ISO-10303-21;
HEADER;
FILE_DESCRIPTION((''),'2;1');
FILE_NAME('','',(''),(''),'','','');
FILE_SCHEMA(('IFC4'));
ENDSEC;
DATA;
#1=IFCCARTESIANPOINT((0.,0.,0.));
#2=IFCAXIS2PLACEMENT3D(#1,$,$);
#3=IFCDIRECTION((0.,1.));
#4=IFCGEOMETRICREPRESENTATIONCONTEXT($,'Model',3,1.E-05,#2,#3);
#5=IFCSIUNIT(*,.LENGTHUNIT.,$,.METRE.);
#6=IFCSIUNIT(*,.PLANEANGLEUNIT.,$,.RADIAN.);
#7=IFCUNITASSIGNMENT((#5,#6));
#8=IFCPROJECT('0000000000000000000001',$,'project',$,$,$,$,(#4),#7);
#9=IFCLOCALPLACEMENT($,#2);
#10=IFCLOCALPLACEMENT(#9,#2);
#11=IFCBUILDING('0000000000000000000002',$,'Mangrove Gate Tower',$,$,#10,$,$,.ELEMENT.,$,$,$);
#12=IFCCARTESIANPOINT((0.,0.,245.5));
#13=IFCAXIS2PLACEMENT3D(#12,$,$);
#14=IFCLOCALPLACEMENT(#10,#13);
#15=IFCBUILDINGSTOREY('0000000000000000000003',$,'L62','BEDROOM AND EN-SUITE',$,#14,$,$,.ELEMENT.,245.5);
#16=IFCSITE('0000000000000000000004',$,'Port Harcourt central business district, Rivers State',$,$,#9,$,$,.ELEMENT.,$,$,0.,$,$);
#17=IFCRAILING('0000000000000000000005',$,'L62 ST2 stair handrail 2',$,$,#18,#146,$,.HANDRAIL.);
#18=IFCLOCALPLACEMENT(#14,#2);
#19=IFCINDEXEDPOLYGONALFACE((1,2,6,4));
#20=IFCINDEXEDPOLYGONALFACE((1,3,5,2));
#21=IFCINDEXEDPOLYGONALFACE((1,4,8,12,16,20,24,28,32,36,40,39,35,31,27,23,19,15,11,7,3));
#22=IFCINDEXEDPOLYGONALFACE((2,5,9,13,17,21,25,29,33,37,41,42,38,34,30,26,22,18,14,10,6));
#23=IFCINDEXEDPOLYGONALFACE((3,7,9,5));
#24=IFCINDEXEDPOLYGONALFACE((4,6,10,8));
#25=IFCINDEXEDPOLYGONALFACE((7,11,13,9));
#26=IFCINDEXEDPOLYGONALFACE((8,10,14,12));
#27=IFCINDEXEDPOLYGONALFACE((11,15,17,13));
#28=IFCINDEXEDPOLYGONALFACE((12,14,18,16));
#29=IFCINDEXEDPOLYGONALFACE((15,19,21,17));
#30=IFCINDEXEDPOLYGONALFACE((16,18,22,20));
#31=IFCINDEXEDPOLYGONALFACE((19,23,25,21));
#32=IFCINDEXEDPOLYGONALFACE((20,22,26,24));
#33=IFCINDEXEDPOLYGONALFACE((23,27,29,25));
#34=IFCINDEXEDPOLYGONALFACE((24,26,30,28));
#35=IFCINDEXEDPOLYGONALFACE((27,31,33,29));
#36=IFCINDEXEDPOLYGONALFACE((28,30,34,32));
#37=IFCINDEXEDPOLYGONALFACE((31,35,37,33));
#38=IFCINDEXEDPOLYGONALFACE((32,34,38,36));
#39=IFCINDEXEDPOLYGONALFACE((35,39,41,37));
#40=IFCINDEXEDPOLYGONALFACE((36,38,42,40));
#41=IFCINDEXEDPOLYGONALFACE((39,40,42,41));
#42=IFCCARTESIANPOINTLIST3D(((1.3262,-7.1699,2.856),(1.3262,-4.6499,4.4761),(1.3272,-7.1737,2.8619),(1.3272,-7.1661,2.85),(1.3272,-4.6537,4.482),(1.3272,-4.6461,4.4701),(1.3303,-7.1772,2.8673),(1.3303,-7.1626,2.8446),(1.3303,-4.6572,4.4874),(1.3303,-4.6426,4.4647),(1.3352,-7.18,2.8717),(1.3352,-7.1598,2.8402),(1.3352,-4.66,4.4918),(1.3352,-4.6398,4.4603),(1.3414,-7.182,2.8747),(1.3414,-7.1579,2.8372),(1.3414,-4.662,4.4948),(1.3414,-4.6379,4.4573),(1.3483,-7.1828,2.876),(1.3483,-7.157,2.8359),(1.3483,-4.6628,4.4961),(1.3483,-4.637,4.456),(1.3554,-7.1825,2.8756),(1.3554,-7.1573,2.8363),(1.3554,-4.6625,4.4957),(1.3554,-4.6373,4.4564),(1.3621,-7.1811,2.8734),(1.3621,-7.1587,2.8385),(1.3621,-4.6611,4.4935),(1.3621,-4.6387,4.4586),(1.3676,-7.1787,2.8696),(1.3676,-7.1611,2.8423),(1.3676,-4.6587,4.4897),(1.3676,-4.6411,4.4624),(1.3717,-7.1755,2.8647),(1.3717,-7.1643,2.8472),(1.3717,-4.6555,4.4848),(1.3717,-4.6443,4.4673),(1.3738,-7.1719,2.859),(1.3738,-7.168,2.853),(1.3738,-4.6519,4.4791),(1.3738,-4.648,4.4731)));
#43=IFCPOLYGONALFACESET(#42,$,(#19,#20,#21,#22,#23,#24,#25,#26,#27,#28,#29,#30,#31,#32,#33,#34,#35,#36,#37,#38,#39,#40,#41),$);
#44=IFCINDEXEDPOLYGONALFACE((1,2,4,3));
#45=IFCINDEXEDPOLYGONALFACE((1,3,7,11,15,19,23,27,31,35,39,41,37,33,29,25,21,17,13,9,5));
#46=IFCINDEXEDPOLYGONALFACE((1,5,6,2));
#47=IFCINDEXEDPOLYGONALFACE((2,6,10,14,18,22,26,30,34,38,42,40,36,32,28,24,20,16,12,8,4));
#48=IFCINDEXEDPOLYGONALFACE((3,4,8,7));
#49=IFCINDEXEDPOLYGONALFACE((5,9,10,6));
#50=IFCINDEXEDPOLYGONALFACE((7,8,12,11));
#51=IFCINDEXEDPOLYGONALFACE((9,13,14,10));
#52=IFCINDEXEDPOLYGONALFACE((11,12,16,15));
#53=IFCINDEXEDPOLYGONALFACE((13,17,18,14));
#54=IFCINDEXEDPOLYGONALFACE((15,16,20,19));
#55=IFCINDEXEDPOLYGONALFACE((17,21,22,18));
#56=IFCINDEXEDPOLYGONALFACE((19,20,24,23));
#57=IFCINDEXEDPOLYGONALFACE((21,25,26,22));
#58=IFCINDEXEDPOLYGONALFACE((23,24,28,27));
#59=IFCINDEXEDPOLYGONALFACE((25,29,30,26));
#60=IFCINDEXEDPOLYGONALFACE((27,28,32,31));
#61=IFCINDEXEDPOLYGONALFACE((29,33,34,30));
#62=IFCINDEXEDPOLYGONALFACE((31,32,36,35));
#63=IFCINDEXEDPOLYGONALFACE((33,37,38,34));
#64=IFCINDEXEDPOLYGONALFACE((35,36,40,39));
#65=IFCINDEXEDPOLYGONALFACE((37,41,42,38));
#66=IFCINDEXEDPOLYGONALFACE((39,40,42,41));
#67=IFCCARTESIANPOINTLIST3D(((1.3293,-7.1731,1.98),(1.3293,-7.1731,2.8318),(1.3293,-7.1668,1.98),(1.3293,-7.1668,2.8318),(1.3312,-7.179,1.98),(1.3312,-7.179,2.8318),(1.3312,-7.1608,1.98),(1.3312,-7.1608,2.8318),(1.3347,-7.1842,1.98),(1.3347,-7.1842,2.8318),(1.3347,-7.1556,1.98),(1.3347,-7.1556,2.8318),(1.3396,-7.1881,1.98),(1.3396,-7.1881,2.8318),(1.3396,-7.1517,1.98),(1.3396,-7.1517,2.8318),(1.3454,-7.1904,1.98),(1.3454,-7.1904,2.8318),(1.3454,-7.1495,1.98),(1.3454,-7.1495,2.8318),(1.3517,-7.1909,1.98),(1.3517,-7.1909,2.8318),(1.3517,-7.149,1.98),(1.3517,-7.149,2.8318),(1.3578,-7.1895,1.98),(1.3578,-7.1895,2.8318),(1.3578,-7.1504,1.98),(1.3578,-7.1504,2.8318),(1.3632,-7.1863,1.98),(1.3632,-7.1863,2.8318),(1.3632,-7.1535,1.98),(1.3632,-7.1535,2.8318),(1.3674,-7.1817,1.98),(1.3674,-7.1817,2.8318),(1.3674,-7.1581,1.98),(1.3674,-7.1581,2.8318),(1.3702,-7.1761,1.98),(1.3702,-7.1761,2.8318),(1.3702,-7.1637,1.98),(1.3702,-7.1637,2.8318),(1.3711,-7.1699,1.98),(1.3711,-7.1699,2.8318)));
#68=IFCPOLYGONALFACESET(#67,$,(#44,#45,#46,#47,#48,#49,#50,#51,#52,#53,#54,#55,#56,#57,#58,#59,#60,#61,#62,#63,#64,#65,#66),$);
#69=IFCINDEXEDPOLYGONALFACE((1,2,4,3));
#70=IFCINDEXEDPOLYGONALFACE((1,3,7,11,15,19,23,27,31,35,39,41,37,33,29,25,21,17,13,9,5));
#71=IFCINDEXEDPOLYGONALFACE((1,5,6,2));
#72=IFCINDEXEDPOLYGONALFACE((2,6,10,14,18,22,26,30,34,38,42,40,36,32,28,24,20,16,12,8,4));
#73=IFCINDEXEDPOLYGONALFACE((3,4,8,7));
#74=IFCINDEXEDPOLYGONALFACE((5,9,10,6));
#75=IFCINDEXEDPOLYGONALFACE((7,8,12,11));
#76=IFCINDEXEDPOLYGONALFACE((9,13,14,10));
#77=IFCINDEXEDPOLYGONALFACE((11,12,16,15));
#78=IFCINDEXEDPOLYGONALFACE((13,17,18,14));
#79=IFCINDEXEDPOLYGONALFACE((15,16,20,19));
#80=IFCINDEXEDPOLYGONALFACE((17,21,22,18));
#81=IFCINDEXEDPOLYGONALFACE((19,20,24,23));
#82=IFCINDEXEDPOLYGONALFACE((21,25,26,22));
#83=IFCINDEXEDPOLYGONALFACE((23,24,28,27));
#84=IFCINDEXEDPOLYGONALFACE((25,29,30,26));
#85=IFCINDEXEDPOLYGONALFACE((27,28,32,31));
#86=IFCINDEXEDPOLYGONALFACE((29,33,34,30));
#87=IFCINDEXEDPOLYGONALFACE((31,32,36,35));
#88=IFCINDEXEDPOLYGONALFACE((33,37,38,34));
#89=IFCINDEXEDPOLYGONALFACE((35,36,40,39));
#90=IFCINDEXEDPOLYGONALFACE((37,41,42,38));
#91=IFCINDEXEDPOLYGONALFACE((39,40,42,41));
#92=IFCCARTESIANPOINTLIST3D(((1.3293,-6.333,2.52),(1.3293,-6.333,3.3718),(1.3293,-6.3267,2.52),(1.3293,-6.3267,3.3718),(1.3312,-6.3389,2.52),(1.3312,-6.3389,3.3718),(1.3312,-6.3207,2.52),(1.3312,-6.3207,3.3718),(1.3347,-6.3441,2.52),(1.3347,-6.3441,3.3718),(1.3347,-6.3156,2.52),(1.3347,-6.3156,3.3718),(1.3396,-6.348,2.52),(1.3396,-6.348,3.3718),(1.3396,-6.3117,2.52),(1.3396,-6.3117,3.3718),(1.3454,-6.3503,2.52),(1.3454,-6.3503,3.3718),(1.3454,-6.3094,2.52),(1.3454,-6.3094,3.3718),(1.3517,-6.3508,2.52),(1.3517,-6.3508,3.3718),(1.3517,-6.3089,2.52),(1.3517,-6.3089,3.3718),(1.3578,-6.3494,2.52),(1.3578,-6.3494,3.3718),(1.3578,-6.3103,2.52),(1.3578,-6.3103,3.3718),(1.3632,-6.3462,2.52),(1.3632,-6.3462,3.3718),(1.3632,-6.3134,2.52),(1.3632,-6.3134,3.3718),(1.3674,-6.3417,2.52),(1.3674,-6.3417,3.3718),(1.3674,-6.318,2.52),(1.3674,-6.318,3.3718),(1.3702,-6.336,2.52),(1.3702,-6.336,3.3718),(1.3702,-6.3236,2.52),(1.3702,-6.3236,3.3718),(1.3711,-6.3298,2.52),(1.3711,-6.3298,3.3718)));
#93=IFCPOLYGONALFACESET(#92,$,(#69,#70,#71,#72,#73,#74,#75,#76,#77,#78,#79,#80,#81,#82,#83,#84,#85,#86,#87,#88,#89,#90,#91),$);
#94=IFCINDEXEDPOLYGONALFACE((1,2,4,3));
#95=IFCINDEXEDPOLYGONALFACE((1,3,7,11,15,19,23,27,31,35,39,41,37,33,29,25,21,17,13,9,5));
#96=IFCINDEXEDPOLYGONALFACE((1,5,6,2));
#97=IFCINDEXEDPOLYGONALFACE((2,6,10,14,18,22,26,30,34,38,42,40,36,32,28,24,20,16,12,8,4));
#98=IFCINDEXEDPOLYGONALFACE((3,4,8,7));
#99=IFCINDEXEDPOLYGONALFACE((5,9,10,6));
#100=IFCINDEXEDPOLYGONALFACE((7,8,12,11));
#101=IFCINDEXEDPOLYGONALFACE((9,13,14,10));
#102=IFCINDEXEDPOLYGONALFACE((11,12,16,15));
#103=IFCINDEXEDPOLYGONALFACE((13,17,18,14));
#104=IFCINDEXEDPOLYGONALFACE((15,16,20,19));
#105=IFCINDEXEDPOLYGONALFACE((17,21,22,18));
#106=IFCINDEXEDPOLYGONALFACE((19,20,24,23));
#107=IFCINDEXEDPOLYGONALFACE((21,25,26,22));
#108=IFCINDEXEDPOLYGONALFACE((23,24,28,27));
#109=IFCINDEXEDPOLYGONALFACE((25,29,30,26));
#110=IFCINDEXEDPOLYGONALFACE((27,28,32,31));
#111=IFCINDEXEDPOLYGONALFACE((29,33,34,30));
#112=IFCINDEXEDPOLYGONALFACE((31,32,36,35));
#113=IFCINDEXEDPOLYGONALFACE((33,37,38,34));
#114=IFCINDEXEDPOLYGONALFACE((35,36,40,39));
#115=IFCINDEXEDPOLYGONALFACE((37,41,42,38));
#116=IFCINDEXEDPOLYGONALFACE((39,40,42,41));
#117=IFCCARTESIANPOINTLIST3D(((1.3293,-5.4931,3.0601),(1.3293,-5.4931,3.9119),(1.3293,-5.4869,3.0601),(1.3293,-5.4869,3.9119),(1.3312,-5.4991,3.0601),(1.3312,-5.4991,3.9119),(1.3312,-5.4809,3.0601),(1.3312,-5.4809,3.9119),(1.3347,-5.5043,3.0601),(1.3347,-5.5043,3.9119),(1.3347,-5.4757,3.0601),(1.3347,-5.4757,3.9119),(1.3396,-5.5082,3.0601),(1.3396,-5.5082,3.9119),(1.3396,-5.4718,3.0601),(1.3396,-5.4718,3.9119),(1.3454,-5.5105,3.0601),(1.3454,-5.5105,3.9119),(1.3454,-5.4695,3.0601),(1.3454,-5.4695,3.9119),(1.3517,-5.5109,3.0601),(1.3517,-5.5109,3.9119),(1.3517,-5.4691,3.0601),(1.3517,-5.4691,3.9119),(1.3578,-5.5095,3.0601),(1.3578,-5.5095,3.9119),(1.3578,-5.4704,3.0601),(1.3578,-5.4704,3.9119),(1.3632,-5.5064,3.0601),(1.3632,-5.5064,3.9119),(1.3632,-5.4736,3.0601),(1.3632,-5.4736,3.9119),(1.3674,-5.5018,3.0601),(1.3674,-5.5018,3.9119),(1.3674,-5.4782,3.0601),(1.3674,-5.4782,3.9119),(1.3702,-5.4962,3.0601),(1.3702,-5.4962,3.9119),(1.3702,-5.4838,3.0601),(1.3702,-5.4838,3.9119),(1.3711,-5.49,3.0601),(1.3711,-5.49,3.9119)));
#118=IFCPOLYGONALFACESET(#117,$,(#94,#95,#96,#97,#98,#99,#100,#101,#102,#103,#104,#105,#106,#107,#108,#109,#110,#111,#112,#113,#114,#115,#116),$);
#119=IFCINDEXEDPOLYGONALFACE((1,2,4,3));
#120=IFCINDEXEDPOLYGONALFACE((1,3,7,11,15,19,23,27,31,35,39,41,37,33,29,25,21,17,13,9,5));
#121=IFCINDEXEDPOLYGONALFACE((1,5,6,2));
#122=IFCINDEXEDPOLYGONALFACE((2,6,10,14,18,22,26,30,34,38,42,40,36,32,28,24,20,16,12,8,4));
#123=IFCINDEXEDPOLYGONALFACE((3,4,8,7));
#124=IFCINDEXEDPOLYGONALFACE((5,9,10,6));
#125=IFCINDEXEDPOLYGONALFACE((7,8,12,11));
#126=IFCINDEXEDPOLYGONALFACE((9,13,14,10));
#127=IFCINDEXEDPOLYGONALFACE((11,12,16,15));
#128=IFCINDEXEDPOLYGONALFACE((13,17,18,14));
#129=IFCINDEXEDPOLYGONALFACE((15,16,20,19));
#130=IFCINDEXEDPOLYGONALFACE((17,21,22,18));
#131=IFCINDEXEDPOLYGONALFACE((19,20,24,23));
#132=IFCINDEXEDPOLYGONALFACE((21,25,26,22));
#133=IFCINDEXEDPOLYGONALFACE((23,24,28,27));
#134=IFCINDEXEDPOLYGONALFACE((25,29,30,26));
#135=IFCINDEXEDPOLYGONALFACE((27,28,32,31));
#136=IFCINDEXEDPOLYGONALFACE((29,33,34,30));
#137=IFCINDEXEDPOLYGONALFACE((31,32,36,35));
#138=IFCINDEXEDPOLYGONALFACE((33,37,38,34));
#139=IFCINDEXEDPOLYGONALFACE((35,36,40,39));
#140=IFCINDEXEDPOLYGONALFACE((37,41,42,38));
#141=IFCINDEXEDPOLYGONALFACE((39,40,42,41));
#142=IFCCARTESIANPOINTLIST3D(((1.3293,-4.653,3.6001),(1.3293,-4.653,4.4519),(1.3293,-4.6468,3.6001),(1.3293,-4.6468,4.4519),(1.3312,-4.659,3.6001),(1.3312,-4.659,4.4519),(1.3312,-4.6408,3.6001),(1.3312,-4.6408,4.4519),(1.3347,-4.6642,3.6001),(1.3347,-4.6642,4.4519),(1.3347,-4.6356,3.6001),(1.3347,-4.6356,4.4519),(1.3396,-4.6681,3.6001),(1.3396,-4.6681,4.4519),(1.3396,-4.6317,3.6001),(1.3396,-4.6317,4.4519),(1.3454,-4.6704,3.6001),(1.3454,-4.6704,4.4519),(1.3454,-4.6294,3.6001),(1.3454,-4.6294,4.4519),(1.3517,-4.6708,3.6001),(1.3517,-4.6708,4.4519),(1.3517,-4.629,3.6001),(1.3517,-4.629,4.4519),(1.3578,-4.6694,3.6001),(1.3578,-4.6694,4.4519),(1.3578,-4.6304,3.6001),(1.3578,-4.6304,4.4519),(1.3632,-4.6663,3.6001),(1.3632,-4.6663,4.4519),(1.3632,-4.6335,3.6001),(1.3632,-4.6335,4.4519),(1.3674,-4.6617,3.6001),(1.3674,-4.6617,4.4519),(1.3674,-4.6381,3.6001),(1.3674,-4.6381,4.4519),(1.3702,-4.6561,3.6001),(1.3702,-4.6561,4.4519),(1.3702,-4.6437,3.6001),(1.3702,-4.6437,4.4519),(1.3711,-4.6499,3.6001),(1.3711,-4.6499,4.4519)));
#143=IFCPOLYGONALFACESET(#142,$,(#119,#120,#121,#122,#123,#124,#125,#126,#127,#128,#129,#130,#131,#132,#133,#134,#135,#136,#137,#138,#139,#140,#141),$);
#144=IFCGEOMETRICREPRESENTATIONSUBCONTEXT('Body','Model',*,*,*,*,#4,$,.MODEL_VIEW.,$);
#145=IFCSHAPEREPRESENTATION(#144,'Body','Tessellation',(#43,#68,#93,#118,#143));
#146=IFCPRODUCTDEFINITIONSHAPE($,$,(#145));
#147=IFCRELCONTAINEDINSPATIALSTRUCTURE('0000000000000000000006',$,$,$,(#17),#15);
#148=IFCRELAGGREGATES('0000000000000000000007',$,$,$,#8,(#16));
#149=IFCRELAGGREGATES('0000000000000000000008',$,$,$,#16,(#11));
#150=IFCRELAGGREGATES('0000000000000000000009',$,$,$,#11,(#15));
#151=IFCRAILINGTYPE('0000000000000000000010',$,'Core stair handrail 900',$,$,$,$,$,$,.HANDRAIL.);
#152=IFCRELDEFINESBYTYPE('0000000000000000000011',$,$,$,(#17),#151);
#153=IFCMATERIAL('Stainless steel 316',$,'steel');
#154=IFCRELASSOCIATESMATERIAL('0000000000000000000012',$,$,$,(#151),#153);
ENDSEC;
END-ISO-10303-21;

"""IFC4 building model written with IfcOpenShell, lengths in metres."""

from ifc_helpers import new_model, si_unit, direction, frame, origin, origin_2d, place, context, subcontext, project, spatial, circle, extrude, material, type_object, element, save


model = new_model("IFC4")

# Units and contexts
model_context = context("Model", 3, precision=1e-05, world=origin(), true_north=direction((0.0, 1.0)))
body_context = subcontext(model_context, "Body", "Model", "MODEL_VIEW")
ifc_project = project(units=[si_unit("LENGTHUNIT", "METRE"), si_unit("PLANEANGLEUNIT", "RADIAN")], contexts=[model_context])

# Site, building, storey
site_placement = place(None, origin())
site = spatial("IfcSite", under=ifc_project, at=site_placement, Name="Port Harcourt central business district, Rivers State", CompositionType="ELEMENT", RefElevation=0.0)
building_placement = place(site_placement, origin())
building = spatial("IfcBuilding", under=site, at=building_placement, Name="Mangrove Gate Tower", CompositionType="ELEMENT")
storey_placement = place(building_placement, frame((0.0, 0.0, 245.5)))
storey = spatial("IfcBuildingStorey", under=building, at=storey_placement, Name="L62", Description="BEDROOM AND EN-SUITE", CompositionType="ELEMENT", Elevation=245.5)

# Railing
ifc_material_1 = material(Name="Stainless steel 316", Category="steel")
railing_type_1 = type_object("IfcRailingType", Name="Core stair handrail 900", PredefinedType="HANDRAIL", material=ifc_material_1)
railing_1_placement = place(storey_placement, frame((1.3501, -7.1699, 1.98)))
element("IfcRailing", 1, at=railing_1_placement, inside=storey, type_object=railing_type_1, Name="L62 ST2 stair handrail 2", PredefinedType="HANDRAIL", context=body_context, shape_type="SweptSolid", body=[
    extrude(circle(Radius=0.0239, at=origin_2d()), frame((0.0, 0.0, 0.876), z_axis=(0.0, 0.841163, 0.540782), x_axis=(-1.0, 0.0, 0.0)), (0.0, 0.0, 1.0), 2.9958),
    extrude(circle(Radius=0.021, at=origin_2d()), origin(), (0.0, 0.0, 1.0), 0.8518),
    extrude(circle(Radius=0.021, at=origin_2d()), frame((0.0, 0.8401, 0.54)), (0.0, 0.0, 1.0), 0.8518),
    extrude(circle(Radius=0.021, at=origin_2d()), frame((0.0, 1.6799, 1.0801)), (0.0, 0.0, 1.0), 0.8518),
    extrude(circle(Radius=0.021, at=origin_2d()), frame((0.0, 2.52, 1.6201)), (0.0, 0.0, 1.0), 0.8518),
])

save(model, "model.ifc")
